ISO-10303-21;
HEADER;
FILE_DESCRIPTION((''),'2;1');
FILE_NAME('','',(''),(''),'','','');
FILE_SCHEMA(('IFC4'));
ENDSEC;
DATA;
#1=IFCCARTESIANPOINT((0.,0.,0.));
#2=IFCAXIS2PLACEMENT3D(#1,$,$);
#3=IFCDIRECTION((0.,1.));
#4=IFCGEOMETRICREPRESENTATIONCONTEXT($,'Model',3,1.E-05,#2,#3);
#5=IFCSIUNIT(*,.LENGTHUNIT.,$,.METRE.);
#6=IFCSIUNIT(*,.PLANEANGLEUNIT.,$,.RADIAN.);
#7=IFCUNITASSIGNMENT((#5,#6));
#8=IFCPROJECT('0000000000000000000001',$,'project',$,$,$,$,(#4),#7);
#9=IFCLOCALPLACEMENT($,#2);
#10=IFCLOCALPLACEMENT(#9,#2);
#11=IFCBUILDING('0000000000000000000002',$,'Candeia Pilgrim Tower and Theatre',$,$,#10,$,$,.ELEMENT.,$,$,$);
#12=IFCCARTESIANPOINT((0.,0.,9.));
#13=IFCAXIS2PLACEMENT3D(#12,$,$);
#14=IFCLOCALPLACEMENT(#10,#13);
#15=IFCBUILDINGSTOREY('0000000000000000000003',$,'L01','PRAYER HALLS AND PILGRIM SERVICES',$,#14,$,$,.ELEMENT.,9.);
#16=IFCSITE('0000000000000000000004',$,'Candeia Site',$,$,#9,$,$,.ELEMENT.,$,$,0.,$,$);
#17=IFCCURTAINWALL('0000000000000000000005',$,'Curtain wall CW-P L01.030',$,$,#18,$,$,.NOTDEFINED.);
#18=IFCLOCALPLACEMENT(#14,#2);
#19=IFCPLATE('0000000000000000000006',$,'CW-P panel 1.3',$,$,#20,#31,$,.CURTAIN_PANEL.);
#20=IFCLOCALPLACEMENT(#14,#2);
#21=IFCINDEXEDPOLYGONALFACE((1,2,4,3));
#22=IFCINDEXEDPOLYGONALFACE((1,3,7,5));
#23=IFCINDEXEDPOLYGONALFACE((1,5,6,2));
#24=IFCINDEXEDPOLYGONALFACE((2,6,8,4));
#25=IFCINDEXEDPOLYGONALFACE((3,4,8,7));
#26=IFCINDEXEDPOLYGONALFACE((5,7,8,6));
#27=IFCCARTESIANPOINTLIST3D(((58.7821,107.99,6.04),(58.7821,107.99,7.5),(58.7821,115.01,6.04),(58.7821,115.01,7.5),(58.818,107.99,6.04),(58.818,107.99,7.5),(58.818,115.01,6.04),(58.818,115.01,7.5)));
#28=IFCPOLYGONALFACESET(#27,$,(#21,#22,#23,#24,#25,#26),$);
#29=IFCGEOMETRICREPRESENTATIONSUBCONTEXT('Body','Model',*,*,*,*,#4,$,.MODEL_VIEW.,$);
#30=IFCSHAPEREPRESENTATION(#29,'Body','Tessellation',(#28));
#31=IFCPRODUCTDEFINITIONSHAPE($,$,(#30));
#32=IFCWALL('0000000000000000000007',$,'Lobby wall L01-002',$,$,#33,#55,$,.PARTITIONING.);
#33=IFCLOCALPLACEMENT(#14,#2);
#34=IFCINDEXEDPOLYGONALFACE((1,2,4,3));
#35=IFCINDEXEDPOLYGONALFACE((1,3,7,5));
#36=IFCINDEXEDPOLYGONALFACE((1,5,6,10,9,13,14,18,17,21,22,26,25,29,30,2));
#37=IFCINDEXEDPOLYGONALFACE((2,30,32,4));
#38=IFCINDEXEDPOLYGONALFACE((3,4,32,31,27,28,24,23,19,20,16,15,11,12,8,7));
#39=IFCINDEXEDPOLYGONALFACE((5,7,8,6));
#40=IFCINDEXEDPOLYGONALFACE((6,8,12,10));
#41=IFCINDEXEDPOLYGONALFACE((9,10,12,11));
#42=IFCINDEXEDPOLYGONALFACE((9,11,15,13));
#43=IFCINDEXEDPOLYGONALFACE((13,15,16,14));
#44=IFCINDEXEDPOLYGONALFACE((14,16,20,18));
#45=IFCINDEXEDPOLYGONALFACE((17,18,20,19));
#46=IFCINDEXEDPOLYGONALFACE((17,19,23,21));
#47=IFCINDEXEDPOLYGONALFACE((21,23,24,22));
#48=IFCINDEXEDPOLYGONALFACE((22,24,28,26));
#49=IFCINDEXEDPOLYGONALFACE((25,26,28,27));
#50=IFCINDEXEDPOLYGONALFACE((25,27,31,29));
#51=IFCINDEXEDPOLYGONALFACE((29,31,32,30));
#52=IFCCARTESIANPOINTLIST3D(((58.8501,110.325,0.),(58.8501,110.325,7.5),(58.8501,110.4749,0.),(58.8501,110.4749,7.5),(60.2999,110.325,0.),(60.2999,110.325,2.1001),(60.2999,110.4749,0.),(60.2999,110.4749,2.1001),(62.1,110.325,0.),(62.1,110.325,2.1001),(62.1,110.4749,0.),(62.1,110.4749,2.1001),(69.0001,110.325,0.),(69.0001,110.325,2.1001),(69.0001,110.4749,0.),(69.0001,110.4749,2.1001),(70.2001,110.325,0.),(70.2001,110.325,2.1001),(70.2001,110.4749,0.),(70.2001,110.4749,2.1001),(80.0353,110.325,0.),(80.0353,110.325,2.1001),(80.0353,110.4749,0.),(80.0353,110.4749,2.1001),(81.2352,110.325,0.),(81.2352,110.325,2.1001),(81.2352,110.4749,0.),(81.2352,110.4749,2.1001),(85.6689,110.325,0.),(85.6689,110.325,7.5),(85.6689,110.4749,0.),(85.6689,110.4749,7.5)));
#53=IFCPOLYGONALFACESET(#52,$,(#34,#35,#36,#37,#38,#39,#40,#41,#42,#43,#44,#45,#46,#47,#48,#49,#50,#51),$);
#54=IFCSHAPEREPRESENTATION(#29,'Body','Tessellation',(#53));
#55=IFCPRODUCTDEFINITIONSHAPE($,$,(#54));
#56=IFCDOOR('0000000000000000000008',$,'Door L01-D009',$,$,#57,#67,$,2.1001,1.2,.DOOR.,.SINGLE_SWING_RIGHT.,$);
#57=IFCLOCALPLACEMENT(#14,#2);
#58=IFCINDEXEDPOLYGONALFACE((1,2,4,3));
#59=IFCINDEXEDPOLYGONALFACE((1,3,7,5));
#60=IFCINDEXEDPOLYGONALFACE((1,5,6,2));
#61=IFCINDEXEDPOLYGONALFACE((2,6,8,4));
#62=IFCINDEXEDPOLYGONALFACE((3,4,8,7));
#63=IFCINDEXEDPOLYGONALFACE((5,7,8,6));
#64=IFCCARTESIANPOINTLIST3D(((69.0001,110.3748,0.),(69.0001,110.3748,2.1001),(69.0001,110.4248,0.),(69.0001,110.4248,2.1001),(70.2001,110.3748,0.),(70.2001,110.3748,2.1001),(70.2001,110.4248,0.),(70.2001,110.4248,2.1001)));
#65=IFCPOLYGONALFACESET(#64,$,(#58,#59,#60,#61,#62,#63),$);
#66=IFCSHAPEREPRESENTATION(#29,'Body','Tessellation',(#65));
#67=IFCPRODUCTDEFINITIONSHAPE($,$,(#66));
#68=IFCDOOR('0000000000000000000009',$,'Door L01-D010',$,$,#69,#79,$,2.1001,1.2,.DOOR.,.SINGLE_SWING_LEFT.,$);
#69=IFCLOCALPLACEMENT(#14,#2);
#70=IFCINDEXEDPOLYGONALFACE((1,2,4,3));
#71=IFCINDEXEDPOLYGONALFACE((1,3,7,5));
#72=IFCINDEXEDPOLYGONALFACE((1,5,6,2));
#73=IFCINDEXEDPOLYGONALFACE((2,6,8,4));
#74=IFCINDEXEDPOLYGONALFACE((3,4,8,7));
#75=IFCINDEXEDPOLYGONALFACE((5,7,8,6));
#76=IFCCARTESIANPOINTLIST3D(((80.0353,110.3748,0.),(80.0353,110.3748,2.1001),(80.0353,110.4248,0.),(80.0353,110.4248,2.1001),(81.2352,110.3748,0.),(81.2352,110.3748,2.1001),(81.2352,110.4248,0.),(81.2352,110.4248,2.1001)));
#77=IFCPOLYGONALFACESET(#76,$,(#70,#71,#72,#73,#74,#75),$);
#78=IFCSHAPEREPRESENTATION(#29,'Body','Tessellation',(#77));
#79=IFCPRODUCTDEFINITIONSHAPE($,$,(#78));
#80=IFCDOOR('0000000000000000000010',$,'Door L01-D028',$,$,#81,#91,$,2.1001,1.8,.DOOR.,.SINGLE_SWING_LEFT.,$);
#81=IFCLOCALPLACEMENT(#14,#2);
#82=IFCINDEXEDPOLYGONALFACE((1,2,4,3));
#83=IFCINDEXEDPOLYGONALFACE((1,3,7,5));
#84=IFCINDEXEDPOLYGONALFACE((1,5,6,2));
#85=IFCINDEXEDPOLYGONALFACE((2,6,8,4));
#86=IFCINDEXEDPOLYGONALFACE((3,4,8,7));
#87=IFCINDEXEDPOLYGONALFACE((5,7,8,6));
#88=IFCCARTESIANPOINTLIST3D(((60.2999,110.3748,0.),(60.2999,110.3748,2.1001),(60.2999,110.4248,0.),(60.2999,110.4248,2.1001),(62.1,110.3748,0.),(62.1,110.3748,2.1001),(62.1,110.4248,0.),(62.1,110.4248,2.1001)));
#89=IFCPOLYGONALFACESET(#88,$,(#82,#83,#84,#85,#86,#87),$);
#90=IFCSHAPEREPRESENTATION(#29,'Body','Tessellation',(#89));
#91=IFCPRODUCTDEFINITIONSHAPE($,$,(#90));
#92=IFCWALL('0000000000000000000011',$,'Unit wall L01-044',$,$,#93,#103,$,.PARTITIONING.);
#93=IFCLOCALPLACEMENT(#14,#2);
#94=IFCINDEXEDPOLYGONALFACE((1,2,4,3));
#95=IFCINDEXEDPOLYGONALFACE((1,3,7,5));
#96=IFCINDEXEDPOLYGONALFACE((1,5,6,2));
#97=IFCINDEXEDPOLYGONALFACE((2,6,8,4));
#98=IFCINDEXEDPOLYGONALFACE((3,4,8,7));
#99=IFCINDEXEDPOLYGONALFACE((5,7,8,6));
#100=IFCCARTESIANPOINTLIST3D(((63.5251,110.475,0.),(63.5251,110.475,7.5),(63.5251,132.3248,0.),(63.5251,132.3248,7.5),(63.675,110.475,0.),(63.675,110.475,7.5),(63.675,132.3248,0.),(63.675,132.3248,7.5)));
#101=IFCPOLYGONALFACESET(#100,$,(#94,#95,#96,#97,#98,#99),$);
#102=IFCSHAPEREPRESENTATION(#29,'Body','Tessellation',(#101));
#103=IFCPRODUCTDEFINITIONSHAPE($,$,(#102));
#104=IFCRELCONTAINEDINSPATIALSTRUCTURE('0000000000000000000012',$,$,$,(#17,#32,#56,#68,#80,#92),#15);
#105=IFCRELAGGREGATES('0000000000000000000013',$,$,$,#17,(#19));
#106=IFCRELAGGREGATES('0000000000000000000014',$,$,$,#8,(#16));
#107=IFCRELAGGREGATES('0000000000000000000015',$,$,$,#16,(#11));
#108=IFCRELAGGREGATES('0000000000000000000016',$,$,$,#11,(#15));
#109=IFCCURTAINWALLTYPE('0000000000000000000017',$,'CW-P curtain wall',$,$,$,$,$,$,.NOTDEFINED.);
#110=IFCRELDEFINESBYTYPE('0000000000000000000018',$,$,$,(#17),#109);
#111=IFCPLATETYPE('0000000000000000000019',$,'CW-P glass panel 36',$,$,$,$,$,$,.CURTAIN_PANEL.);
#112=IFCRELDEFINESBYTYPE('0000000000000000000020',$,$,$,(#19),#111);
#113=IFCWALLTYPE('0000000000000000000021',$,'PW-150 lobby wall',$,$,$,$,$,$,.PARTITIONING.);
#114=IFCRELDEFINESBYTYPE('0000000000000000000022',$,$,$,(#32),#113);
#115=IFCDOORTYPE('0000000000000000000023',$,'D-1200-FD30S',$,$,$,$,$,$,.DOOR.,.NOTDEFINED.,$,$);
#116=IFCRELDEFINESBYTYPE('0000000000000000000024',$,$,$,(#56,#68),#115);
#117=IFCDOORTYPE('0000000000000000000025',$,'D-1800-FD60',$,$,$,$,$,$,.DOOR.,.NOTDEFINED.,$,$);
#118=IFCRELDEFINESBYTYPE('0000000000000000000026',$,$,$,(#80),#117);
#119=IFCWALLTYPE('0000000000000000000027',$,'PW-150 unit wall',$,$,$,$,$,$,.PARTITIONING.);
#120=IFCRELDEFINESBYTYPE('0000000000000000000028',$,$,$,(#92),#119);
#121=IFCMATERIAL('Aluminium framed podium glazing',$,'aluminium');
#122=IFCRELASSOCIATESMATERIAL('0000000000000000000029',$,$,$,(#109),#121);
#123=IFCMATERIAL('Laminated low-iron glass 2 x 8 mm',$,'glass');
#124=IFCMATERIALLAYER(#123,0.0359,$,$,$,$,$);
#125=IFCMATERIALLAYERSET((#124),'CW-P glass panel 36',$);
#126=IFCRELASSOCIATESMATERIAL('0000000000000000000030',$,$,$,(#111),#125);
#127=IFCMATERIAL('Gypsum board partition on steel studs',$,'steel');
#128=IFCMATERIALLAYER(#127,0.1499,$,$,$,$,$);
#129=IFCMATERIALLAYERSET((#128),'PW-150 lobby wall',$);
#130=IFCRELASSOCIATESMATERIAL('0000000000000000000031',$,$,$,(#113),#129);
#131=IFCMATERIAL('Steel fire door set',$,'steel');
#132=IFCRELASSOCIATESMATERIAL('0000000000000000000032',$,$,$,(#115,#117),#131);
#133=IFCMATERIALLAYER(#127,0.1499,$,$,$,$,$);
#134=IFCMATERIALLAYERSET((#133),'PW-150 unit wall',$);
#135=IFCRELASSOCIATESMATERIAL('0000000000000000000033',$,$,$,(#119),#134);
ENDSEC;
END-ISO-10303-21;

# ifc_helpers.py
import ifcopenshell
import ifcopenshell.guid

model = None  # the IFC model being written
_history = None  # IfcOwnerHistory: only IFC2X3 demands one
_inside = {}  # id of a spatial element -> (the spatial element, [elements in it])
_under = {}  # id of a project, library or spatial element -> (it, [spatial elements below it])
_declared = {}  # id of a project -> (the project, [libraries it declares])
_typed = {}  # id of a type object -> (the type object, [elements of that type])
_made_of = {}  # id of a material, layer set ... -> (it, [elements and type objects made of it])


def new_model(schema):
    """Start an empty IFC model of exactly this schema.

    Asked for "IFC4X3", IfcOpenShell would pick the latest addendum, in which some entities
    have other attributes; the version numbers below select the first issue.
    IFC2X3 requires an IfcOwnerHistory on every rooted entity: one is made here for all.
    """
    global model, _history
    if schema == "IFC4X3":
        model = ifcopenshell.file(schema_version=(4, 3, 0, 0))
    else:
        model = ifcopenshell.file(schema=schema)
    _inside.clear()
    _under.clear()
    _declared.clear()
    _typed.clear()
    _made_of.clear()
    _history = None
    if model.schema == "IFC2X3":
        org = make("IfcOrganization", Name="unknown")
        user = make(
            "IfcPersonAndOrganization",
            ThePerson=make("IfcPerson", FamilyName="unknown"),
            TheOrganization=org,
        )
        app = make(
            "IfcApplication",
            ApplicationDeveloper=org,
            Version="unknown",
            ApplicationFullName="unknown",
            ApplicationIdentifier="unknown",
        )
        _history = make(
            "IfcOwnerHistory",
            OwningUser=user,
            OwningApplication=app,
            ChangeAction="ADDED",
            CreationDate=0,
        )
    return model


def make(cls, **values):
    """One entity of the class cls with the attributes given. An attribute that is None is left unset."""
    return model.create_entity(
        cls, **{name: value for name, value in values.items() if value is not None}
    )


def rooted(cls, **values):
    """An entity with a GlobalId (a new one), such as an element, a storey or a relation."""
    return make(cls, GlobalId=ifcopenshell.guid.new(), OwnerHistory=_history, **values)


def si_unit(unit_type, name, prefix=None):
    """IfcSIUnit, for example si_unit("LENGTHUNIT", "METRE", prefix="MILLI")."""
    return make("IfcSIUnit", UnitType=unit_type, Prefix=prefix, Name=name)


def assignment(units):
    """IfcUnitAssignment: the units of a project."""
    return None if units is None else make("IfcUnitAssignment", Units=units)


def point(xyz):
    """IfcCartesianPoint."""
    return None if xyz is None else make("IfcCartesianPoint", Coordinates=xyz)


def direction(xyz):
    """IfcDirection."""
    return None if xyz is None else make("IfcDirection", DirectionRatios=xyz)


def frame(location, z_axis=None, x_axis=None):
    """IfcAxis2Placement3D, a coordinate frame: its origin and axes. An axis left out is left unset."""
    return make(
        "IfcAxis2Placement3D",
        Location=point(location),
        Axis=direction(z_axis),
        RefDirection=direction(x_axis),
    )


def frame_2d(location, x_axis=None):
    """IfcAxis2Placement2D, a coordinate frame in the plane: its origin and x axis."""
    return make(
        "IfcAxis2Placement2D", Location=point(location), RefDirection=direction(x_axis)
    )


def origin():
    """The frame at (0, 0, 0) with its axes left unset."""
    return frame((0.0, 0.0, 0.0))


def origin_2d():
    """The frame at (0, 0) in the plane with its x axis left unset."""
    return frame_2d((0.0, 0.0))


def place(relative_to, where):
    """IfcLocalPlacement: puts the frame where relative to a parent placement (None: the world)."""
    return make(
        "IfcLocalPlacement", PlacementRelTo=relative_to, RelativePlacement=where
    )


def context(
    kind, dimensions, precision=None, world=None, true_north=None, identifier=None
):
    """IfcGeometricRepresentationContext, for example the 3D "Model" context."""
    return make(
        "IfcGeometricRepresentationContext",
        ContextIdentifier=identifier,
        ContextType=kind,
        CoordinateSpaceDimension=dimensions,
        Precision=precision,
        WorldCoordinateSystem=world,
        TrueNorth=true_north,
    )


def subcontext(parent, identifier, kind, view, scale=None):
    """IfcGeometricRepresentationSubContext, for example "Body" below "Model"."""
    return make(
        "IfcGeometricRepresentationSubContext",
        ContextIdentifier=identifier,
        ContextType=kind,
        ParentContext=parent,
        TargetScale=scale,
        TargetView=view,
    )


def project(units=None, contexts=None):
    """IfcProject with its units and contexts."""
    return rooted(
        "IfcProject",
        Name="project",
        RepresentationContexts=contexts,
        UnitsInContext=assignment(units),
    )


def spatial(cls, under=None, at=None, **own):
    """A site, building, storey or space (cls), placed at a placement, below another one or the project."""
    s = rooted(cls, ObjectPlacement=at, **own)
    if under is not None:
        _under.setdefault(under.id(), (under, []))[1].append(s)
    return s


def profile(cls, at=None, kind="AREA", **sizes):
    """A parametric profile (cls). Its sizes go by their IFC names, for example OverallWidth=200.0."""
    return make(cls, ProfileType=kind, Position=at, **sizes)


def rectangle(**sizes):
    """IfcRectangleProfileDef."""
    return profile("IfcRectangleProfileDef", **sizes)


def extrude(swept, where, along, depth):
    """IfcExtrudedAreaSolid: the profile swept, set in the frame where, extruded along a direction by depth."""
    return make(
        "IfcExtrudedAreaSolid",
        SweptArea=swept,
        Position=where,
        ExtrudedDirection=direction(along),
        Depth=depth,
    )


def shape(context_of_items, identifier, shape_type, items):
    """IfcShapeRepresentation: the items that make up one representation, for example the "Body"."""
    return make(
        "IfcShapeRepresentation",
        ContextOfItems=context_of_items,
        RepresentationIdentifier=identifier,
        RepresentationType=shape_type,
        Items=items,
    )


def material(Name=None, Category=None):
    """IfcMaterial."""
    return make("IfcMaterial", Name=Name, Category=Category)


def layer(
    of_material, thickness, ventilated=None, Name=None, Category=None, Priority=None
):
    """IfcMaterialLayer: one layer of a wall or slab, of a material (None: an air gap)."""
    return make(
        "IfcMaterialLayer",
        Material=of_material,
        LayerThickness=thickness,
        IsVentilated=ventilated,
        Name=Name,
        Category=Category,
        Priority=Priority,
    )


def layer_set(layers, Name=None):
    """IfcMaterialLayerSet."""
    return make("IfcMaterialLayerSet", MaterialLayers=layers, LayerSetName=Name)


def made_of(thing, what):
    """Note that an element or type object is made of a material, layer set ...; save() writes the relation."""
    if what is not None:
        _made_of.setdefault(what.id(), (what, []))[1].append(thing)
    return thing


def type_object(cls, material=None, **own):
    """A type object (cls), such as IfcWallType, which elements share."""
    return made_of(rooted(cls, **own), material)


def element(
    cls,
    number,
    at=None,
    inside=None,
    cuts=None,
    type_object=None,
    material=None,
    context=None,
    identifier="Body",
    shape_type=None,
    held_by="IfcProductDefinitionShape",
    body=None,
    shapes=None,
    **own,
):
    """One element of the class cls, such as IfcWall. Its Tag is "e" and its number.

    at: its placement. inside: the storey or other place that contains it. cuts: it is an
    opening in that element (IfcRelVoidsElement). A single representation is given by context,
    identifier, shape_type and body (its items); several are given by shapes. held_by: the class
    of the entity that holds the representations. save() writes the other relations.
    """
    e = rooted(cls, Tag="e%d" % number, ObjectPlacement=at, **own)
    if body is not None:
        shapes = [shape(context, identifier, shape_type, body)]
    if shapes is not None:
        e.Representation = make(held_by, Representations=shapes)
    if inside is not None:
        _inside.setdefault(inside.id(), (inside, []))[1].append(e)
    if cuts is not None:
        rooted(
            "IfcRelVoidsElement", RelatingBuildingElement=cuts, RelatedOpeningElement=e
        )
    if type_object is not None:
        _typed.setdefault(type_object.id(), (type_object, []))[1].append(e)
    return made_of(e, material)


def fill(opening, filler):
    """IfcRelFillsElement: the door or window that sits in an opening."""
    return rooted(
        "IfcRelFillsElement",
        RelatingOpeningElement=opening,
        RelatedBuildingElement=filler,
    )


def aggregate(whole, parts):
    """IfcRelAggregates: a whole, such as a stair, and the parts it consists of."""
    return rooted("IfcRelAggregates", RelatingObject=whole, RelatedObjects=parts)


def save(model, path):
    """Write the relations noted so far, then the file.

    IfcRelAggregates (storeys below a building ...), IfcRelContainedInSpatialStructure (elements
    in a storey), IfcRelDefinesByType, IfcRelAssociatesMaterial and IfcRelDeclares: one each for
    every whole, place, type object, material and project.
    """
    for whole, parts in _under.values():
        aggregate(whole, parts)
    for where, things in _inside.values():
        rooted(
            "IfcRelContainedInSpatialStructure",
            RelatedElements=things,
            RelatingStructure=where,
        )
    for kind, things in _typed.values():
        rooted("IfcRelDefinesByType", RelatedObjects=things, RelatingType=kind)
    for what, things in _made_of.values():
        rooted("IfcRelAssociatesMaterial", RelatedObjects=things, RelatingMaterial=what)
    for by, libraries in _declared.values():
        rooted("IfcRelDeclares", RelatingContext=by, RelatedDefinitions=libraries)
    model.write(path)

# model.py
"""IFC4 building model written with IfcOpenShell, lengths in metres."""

from ifc_helpers import new_model, si_unit, direction, frame, frame_2d, origin, origin_2d, place, context, subcontext, project, spatial, rectangle, extrude, material, layer, layer_set, type_object, element, fill, aggregate, save


model = new_model("IFC4")

# Units and contexts
model_context = context("Model", 3, precision=1e-05, world=origin(), true_north=direction((0.0, 1.0)))
body_context = subcontext(model_context, "Body", "Model", "MODEL_VIEW")
ifc_project = project(units=[si_unit("LENGTHUNIT", "METRE"), si_unit("PLANEANGLEUNIT", "RADIAN")], contexts=[model_context])

# Site, building, storey
site_placement = place(None, origin())
site = spatial("IfcSite", under=ifc_project, at=site_placement, Name="Candeia Site", CompositionType="ELEMENT", RefElevation=0.0)
building_placement = place(site_placement, origin())
building = spatial("IfcBuilding", under=site, at=building_placement, Name="Candeia Pilgrim Tower and Theatre", CompositionType="ELEMENT")
storey_placement = place(building_placement, frame((0.0, 0.0, 9.0)))
storey = spatial("IfcBuildingStorey", under=building, at=storey_placement, Name="L01", Description="PRAYER HALLS AND PILGRIM SERVICES", CompositionType="ELEMENT", Elevation=9.0)

# Shared definitions
ifc_material_1 = material(Name="Aluminium framed podium glazing", Category="aluminium")
curtain_wall_type = type_object("IfcCurtainWallType", Name="CW-P curtain wall", PredefinedType="NOTDEFINED", material=ifc_material_1)

# Curtain wall
curtain_wall_1_placement = place(storey_placement, origin())
curtain_wall_1 = element("IfcCurtainWall", 1, at=curtain_wall_1_placement, inside=storey, type_object=curtain_wall_type, Name="Curtain wall CW-P L01.030", PredefinedType="NOTDEFINED")

# Plate
ifc_material_2 = material(Name="Laminated low-iron glass 2 x 8 mm", Category="glass")
ifc_layer_1 = layer(ifc_material_2, 0.0359)
ifc_layer_set_1 = layer_set([ifc_layer_1], Name="CW-P glass panel 36")
plate_type = type_object("IfcPlateType", Name="CW-P glass panel 36", PredefinedType="CURTAIN_PANEL", material=ifc_layer_set_1)
plate_1_placement = place(storey_placement, frame((58.8, 111.5, 6.04), z_axis=(0.0, 0.0, 1.0), x_axis=(0.0, 1.0, 0.0)))
plate_1 = element("IfcPlate", 2, at=plate_1_placement, type_object=plate_type, Name="CW-P panel 1.3", PredefinedType="CURTAIN_PANEL", context=body_context, shape_type="SweptSolid", body=[
    extrude(rectangle(XDim=7.02, YDim=0.0359, at=origin_2d()), origin(), (0.0, 0.0, 1.0), 1.46),
])
aggregate(curtain_wall_1, [plate_1])

# Wall, openings, doors
ifc_material_3 = material(Name="Gypsum board partition on steel studs", Category="steel")
ifc_layer_2 = layer(ifc_material_3, 0.1499)
ifc_layer_set_2 = layer_set([ifc_layer_2], Name="PW-150 lobby wall")
wall_type_1 = type_object("IfcWallType", Name="PW-150 lobby wall", PredefinedType="PARTITIONING", material=ifc_layer_set_2)
wall_1_placement = place(storey_placement, frame((58.8501, 110.3999, 0.0), z_axis=(0.0, 0.0, 1.0), x_axis=(1.0, 0.0, 0.0)))
wall_1 = element("IfcWall", 3, at=wall_1_placement, inside=storey, type_object=wall_type_1, Name="Lobby wall L01-002", PredefinedType="PARTITIONING", context=body_context, shape_type="SweptSolid", body=[
    extrude(rectangle(XDim=26.8188, YDim=0.1499, at=frame_2d((13.4094, 0.0))), origin(), (0.0, 0.0, 1.0), 7.5),
])
opening_1_placement = place(wall_1_placement, frame((10.1499, 0.0, 0.0)))
opening_1 = element("IfcOpeningElement", 4, at=opening_1_placement, cuts=wall_1, PredefinedType="OPENING", context=body_context, shape_type="SweptSolid", body=[
    extrude(rectangle(XDim=1.2, YDim=2.1001, at=frame_2d((0.6001, 1.05))), frame((0.0, 0.085, 0.0), z_axis=(0.0, -1.0, 0.0), x_axis=(1.0, 0.0, 0.0)), (0.0, 0.0, 1.0), 0.1699),
])
opening_2_placement = place(wall_1_placement, frame((21.1851, 0.0, 0.0)))
opening_2 = element("IfcOpeningElement", 5, at=opening_2_placement, cuts=wall_1, PredefinedType="OPENING", context=body_context, shape_type="SweptSolid", body=[
    extrude(rectangle(XDim=1.2, YDim=2.1001, at=frame_2d((0.6001, 1.05))), frame((0.0, 0.085, 0.0), z_axis=(0.0, -1.0, 0.0), x_axis=(1.0, 0.0, 0.0)), (0.0, 0.0, 1.0), 0.1699),
])
opening_3_placement = place(wall_1_placement, frame((1.45, 0.0, 0.0)))
opening_3 = element("IfcOpeningElement", 6, at=opening_3_placement, cuts=wall_1, PredefinedType="OPENING", context=body_context, shape_type="SweptSolid", body=[
    extrude(rectangle(XDim=1.8, YDim=2.1001, at=frame_2d((0.8999, 1.05))), frame((0.0, 0.085, 0.0), z_axis=(0.0, -1.0, 0.0), x_axis=(1.0, 0.0, 0.0)), (0.0, 0.0, 1.0), 0.1699),
])
ifc_material_4 = material(Name="Steel fire door set", Category="steel")
door_type_1 = type_object("IfcDoorType", Name="D-1200-FD30S", OperationType="NOTDEFINED", PredefinedType="DOOR", material=ifc_material_4)
door_1_placement = place(opening_1_placement, origin())
door_1 = element("IfcDoor", 7, at=door_1_placement, inside=storey, type_object=door_type_1, Name="Door L01-D009", OperationType="SINGLE_SWING_RIGHT", OverallHeight=2.1001, OverallWidth=1.2, PredefinedType="DOOR", context=body_context, shape_type="SweptSolid", body=[
    extrude(rectangle(XDim=1.2, YDim=2.1001, at=frame_2d((0.6001, 1.05))), frame((0.0, 0.0249, 0.0), z_axis=(0.0, -1.0, 0.0), x_axis=(1.0, 0.0, 0.0)), (0.0, 0.0, 1.0), 0.05),
])
fill(opening_1, door_1)
door_2_placement = place(opening_2_placement, origin())
door_2 = element("IfcDoor", 8, at=door_2_placement, inside=storey, type_object=door_type_1, Name="Door L01-D010", OperationType="SINGLE_SWING_LEFT", OverallHeight=2.1001, OverallWidth=1.2, PredefinedType="DOOR", context=body_context, shape_type="SweptSolid", body=[
    extrude(rectangle(XDim=1.2, YDim=2.1001, at=frame_2d((0.6001, 1.05))), frame((0.0, 0.0249, 0.0), z_axis=(0.0, -1.0, 0.0), x_axis=(1.0, 0.0, 0.0)), (0.0, 0.0, 1.0), 0.05),
])
fill(opening_2, door_2)
door_type_2 = type_object("IfcDoorType", Name="D-1800-FD60", OperationType="NOTDEFINED", PredefinedType="DOOR", material=ifc_material_4)
door_3_placement = place(opening_3_placement, origin())
door_3 = element("IfcDoor", 9, at=door_3_placement, inside=storey, type_object=door_type_2, Name="Door L01-D028", OperationType="SINGLE_SWING_LEFT", OverallHeight=2.1001, OverallWidth=1.8, PredefinedType="DOOR", context=body_context, shape_type="SweptSolid", body=[
    extrude(rectangle(XDim=1.8, YDim=2.1001, at=frame_2d((0.8999, 1.05))), frame((0.0, 0.0249, 0.0), z_axis=(0.0, -1.0, 0.0), x_axis=(1.0, 0.0, 0.0)), (0.0, 0.0, 1.0), 0.05),
])
fill(opening_3, door_3)

# Wall
ifc_layer_3 = layer(ifc_material_3, 0.1499)
ifc_layer_set_3 = layer_set([ifc_layer_3], Name="PW-150 unit wall")
wall_type_2 = type_object("IfcWallType", Name="PW-150 unit wall", PredefinedType="PARTITIONING", material=ifc_layer_set_3)
wall_2_placement = place(storey_placement, frame((63.6001, 110.4751, 0.0), z_axis=(0.0, 0.0, 1.0), x_axis=(0.0, 1.0, 0.0)))
element("IfcWall", 10, at=wall_2_placement, inside=storey, type_object=wall_type_2, Name="Unit wall L01-044", PredefinedType="PARTITIONING", context=body_context, shape_type="SweptSolid", body=[
    extrude(rectangle(XDim=21.8499, YDim=0.1499, at=frame_2d((10.9248, 0.0))), origin(), (0.0, 0.0, 1.0), 7.5),
])

save(model, "model.ifc")
